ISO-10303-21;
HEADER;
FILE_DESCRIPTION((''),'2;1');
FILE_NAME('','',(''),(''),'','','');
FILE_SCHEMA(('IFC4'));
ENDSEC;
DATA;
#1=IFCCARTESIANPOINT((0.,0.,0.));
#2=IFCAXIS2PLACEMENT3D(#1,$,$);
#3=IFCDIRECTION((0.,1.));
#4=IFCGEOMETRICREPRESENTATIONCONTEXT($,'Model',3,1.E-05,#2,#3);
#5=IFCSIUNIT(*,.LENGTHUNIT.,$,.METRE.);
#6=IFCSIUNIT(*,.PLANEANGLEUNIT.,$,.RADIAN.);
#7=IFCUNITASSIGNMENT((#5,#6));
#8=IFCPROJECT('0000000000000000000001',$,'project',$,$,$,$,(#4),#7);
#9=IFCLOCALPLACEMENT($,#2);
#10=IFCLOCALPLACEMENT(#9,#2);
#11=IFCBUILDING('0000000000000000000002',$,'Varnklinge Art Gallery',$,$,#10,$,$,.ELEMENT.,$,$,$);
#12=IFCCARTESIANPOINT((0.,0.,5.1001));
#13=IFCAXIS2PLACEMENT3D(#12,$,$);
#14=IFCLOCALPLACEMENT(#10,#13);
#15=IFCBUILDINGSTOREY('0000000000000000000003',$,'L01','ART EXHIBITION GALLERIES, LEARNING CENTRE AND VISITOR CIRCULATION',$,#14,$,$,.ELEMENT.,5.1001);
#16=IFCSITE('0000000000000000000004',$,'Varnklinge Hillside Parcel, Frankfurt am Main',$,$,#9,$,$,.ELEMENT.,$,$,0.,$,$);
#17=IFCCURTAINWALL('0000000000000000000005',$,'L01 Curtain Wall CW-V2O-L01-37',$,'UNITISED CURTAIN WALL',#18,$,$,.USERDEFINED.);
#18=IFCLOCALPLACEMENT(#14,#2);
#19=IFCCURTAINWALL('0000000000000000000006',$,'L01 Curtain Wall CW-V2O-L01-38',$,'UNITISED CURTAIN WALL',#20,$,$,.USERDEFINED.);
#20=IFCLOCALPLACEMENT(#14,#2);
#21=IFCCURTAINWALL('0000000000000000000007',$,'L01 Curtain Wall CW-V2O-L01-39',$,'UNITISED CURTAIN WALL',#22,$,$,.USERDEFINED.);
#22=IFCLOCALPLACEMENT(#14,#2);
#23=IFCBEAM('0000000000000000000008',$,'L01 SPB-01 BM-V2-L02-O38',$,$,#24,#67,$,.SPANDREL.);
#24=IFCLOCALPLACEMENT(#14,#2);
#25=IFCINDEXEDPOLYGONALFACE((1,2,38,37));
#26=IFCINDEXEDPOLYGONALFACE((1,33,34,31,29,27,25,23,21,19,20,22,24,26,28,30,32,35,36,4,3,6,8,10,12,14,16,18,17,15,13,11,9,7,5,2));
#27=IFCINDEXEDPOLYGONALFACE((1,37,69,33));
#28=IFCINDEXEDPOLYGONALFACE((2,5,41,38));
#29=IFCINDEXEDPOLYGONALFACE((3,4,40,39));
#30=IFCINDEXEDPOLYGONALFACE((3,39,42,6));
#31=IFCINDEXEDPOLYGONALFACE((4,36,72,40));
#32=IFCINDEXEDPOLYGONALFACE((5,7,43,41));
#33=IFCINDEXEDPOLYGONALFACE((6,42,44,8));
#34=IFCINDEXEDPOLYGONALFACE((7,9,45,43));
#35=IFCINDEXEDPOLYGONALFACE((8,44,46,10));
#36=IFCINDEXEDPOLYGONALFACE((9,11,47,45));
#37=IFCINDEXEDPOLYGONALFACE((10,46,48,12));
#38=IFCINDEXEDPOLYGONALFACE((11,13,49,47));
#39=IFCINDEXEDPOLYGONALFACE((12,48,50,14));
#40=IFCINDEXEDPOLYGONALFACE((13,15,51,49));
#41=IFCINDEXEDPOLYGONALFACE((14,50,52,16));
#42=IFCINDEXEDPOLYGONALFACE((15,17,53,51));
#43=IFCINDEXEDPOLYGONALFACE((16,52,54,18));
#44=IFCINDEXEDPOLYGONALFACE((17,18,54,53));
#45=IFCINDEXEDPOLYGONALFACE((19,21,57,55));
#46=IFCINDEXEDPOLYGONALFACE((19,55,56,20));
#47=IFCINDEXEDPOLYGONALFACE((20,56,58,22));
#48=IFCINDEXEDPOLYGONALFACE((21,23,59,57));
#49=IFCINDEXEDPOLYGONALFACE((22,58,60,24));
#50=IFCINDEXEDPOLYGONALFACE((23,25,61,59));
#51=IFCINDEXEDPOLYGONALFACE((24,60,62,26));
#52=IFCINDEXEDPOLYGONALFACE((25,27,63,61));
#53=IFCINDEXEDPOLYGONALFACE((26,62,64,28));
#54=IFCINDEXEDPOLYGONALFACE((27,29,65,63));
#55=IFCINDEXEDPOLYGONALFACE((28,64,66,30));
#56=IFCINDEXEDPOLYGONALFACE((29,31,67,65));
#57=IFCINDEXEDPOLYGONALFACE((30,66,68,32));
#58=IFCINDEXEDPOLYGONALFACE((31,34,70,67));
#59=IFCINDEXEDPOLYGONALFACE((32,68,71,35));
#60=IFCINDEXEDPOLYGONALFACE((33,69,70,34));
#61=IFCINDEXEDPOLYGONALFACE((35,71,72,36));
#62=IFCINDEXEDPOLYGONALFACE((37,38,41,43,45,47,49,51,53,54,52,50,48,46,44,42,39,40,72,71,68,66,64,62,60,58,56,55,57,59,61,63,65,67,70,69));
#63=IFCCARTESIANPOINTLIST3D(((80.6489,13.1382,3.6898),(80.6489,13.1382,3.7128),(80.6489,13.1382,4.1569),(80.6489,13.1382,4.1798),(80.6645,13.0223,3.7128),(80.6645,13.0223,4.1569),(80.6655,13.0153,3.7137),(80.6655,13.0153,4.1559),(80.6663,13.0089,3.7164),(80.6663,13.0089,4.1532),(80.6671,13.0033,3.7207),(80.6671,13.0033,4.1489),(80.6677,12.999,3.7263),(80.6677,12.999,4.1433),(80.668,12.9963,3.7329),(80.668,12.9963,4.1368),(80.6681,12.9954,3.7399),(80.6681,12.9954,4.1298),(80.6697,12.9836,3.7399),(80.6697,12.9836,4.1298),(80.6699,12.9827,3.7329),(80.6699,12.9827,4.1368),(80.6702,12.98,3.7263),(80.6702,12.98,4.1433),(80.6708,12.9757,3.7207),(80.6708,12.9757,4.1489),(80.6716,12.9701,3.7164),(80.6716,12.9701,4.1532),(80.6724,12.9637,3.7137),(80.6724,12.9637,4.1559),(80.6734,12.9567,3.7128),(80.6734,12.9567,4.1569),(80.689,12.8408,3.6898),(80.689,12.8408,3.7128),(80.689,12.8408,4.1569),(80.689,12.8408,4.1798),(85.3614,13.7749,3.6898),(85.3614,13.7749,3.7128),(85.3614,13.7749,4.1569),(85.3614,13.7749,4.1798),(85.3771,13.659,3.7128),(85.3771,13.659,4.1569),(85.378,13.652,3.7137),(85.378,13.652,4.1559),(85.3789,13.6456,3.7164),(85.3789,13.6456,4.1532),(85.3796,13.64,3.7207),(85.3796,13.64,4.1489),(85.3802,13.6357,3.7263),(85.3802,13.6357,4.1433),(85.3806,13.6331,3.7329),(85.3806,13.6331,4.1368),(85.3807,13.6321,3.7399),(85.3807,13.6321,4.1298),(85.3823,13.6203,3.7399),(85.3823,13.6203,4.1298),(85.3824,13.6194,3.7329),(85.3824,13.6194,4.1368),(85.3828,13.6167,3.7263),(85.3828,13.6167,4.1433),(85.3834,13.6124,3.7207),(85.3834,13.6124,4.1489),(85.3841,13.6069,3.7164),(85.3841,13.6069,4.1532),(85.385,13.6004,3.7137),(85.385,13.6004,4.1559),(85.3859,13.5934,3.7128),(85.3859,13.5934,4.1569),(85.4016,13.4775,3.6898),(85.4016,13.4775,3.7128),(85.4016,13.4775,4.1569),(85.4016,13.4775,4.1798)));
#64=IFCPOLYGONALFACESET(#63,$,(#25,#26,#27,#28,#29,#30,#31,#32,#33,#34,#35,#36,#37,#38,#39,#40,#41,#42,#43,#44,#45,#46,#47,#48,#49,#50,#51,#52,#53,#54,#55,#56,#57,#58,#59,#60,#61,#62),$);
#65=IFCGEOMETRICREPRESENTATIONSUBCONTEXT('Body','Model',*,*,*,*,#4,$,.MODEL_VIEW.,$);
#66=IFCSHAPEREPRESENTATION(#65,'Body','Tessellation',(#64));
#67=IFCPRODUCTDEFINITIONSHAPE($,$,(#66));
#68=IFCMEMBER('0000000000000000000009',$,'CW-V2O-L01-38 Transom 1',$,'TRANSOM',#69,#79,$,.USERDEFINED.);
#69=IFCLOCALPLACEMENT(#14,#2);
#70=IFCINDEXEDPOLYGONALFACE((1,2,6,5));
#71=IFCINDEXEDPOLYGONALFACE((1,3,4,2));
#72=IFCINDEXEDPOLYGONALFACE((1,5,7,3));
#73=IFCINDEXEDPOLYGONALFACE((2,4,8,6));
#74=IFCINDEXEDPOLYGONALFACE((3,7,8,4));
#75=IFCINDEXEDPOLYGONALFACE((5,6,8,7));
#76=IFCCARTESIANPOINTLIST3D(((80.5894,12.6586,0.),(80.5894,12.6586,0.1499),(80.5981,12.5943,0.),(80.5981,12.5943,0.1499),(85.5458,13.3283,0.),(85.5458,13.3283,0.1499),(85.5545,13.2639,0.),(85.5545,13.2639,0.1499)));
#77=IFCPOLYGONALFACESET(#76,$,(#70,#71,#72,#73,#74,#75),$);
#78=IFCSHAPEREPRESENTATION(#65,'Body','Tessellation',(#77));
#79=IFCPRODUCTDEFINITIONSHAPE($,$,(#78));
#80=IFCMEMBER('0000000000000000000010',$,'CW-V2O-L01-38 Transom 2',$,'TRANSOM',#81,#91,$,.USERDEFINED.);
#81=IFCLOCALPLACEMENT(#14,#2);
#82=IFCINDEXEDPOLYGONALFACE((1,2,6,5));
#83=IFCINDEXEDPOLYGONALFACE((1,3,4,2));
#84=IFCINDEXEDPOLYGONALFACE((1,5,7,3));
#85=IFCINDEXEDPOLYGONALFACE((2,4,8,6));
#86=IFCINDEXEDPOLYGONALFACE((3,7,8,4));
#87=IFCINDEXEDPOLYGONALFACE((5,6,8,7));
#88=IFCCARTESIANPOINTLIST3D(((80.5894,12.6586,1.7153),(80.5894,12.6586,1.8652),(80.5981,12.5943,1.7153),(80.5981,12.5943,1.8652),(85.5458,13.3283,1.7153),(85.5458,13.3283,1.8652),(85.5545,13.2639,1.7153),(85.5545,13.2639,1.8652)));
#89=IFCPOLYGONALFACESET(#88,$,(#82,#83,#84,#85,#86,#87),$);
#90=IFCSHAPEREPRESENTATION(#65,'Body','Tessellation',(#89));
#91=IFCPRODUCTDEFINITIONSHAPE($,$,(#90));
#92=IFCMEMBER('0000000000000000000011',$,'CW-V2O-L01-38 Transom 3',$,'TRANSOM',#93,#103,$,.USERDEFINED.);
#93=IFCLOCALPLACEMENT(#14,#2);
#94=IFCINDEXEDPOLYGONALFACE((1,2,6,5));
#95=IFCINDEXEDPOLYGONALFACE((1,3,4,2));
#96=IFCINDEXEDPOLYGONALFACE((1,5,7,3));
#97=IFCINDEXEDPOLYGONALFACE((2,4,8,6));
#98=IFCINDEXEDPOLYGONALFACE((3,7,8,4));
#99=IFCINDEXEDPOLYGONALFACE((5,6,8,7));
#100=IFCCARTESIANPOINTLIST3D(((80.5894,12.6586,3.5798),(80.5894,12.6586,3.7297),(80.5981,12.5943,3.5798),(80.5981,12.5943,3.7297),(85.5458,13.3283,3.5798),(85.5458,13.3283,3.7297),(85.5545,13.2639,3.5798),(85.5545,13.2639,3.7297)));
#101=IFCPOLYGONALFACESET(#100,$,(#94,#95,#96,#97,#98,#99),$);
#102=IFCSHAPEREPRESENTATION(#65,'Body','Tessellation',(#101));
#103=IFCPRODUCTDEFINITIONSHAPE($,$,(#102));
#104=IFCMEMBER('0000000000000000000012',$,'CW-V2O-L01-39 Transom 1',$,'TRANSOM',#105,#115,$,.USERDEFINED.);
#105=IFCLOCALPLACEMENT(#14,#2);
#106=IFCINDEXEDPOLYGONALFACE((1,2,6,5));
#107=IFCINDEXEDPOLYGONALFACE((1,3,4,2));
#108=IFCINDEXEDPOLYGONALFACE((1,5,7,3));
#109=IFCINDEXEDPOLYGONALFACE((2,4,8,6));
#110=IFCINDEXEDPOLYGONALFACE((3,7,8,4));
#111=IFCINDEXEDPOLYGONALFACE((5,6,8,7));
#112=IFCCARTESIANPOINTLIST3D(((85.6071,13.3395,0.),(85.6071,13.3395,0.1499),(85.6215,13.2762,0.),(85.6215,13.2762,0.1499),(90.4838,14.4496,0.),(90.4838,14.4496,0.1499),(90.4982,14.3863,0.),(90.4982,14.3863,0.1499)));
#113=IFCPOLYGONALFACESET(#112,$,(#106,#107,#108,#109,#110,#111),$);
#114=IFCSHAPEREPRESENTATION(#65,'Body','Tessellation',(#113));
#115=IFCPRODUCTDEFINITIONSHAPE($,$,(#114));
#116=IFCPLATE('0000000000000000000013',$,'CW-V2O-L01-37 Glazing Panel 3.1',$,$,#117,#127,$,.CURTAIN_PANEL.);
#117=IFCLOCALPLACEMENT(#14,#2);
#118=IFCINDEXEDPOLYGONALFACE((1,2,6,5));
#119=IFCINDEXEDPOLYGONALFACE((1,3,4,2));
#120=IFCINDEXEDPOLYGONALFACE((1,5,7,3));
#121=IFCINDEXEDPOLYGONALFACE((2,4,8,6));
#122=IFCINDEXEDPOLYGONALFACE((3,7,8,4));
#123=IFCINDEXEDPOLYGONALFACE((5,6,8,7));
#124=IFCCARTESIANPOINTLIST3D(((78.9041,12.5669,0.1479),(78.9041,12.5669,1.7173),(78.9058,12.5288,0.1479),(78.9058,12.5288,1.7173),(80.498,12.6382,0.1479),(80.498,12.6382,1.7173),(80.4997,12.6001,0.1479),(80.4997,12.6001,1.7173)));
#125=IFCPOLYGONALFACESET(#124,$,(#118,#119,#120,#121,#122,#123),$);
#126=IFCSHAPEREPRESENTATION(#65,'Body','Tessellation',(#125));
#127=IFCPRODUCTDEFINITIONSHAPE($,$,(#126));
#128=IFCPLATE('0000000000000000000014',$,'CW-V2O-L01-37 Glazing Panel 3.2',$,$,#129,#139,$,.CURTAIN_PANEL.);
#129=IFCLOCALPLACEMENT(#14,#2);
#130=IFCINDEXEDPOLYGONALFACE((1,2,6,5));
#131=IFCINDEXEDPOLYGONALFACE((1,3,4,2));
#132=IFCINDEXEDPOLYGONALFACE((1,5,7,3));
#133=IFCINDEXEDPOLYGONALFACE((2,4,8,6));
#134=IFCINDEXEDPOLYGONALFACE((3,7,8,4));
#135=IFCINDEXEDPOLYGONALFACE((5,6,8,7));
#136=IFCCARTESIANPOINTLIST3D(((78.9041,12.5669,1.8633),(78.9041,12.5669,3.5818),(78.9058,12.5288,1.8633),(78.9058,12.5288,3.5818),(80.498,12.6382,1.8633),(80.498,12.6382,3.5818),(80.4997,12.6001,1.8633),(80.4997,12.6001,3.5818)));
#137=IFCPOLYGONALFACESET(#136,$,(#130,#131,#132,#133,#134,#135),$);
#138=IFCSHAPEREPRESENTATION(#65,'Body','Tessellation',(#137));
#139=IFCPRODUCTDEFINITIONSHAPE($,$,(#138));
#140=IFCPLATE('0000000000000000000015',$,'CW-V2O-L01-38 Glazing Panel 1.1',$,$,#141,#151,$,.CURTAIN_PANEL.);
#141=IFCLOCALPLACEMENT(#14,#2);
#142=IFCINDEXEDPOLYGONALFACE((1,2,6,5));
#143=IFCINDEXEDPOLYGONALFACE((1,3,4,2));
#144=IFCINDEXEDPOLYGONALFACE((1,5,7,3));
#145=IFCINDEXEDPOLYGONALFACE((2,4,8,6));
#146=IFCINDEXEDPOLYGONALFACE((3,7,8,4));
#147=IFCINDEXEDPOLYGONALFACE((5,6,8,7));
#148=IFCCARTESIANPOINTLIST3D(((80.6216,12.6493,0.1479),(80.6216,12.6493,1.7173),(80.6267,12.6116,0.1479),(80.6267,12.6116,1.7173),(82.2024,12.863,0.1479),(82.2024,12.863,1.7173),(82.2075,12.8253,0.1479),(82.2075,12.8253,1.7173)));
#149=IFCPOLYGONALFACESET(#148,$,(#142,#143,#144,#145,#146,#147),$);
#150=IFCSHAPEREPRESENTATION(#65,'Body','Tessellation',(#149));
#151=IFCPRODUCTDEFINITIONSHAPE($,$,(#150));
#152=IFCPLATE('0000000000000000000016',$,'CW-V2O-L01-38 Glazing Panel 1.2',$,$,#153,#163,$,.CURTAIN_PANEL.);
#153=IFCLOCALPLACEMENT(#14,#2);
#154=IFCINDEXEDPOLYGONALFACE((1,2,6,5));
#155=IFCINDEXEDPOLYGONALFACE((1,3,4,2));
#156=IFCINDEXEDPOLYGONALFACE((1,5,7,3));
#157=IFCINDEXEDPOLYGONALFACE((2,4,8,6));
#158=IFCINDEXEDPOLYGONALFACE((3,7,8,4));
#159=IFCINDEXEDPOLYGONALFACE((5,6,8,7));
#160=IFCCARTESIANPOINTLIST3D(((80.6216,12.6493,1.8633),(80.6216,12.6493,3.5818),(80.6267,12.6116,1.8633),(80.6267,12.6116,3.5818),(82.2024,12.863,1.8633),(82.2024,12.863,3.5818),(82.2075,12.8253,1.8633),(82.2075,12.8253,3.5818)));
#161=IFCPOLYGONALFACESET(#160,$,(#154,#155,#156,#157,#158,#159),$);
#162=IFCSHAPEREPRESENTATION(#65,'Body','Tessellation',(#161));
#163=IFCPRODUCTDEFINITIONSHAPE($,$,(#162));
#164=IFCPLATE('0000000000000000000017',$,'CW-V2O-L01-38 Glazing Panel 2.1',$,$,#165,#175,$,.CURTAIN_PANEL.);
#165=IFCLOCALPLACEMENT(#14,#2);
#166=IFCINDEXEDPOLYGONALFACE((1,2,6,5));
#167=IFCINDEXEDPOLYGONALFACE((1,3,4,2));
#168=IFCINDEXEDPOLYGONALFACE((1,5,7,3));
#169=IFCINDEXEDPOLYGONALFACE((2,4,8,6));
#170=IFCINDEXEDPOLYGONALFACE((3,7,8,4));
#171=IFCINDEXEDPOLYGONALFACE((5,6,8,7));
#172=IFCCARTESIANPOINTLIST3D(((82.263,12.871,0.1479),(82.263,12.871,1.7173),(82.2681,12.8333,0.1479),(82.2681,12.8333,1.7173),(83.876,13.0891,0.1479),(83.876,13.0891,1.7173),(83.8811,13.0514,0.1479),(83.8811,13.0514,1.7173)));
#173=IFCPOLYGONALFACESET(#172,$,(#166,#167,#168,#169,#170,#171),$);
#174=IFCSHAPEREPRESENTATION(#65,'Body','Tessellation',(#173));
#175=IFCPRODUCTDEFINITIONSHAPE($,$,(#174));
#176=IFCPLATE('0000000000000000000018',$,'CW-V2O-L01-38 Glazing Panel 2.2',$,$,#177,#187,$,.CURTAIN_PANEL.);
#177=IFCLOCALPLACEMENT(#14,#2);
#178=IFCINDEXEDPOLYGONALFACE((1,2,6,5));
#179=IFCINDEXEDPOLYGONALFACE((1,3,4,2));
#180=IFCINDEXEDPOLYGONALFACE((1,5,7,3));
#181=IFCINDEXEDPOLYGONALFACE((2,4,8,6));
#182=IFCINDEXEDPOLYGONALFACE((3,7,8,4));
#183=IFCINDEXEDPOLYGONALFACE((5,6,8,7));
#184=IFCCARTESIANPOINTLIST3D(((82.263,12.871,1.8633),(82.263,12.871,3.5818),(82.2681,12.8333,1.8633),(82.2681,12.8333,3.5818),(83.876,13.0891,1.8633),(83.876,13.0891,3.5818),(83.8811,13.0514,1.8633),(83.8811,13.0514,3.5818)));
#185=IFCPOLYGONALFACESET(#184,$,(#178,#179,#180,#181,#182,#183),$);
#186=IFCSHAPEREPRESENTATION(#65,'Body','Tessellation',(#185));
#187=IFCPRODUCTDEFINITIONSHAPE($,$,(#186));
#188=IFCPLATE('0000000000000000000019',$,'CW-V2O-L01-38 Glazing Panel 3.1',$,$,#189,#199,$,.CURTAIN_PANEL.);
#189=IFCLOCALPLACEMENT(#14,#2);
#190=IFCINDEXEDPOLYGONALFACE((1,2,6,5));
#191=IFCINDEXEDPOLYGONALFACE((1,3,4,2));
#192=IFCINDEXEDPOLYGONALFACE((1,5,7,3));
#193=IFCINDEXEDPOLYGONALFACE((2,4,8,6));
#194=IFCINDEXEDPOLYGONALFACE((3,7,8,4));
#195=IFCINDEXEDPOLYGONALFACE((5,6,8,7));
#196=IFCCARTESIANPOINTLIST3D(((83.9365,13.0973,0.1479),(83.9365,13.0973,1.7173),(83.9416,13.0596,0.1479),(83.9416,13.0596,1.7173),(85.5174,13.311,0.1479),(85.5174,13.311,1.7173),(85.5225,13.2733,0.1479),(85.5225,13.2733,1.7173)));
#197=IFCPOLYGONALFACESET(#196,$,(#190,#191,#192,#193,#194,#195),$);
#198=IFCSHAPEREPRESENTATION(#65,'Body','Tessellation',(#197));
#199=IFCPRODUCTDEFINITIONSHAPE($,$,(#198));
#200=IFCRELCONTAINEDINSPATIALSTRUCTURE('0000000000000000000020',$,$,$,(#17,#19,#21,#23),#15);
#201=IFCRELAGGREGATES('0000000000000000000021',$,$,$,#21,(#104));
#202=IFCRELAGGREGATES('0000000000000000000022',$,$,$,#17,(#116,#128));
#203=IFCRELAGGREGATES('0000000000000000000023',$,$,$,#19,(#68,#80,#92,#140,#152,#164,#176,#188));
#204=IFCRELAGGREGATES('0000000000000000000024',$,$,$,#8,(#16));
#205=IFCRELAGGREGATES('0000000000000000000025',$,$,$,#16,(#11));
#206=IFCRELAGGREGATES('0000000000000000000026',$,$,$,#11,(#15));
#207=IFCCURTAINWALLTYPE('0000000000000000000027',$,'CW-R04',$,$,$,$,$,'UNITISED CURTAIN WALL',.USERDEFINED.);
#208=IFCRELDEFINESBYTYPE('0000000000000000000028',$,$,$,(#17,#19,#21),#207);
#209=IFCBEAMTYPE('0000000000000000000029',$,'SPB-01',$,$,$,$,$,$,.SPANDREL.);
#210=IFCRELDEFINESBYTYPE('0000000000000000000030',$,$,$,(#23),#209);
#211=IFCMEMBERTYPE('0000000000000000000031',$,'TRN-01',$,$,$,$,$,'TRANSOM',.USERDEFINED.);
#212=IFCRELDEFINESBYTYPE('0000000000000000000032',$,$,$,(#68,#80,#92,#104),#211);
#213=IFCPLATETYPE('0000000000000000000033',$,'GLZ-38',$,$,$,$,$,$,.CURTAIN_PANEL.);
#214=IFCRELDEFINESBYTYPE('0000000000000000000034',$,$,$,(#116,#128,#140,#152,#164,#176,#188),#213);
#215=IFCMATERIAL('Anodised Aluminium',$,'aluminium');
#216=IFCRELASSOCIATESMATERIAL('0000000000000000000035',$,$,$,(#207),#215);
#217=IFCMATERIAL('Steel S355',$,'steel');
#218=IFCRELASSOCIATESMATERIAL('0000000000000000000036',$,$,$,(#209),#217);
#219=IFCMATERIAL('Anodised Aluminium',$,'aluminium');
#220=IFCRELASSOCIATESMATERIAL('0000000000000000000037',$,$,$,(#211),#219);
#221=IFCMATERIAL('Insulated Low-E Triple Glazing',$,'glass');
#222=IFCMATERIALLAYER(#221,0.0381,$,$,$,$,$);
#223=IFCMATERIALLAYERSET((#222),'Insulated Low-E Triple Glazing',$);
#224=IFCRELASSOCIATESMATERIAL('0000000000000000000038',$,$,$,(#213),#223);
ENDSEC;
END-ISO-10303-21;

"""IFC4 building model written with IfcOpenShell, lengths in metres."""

from ifc_helpers import new_model, si_unit, direction, frame, origin, origin_2d, place, context, subcontext, project, spatial, rectangle, i_section, extrude, material, layer, layer_set, material_profile, profile_set, type_object, element, aggregate, save


model = new_model("IFC4")

# Units and contexts
model_context = context("Model", 3, precision=1e-05, world=origin(), true_north=direction((0.0, 1.0)))
body_context = subcontext(model_context, "Body", "Model", "MODEL_VIEW")
ifc_project = project(units=[si_unit("LENGTHUNIT", "METRE"), si_unit("PLANEANGLEUNIT", "RADIAN")], contexts=[model_context])

# Site, building, storey
site_placement = place(None, origin())
site = spatial("IfcSite", under=ifc_project, at=site_placement, Name="Varnklinge Hillside Parcel, Frankfurt am Main", CompositionType="ELEMENT", RefElevation=0.0)
building_placement = place(site_placement, origin())
building = spatial("IfcBuilding", under=site, at=building_placement, Name="Varnklinge Art Gallery", CompositionType="ELEMENT")
storey_placement = place(building_placement, frame((0.0, 0.0, 5.1001)))
storey = spatial("IfcBuildingStorey", under=building, at=storey_placement, Name="L01", Description="ART EXHIBITION GALLERIES, LEARNING CENTRE AND VISITOR CIRCULATION", CompositionType="ELEMENT", Elevation=5.1001)

# Curtain wall
ifc_material_1 = material(Name="Anodised Aluminium", Category="aluminium")
curtain_wall_type = type_object("IfcCurtainWallType", Name="CW-R04", ElementType="UNITISED CURTAIN WALL", PredefinedType="USERDEFINED", material=ifc_material_1)
curtain_wall_1_placement = place(storey_placement, origin())
curtain_wall_1 = element("IfcCurtainWall", 1, at=curtain_wall_1_placement, inside=storey, type_object=curtain_wall_type, Name="L01 Curtain Wall CW-V2O-L01-37", ObjectType="UNITISED CURTAIN WALL", PredefinedType="USERDEFINED")

# Curtain wall
curtain_wall_2_placement = place(storey_placement, origin())
curtain_wall_2 = element("IfcCurtainWall", 2, at=curtain_wall_2_placement, inside=storey, type_object=curtain_wall_type, Name="L01 Curtain Wall CW-V2O-L01-38", ObjectType="UNITISED CURTAIN WALL", PredefinedType="USERDEFINED")

# Curtain wall
curtain_wall_3_placement = place(storey_placement, origin())
curtain_wall_3 = element("IfcCurtainWall", 3, at=curtain_wall_3_placement, inside=storey, type_object=curtain_wall_type, Name="L01 Curtain Wall CW-V2O-L01-39", ObjectType="UNITISED CURTAIN WALL", PredefinedType="USERDEFINED")

# Beam
ifc_material_2 = material(Name="Steel S355", Category="steel")
ifc_material_profile_1 = material_profile(ifc_material_2, i_section(OverallWidth=0.3, OverallDepth=0.49, WebThickness=0.012, FlangeThickness=0.0229, FilletRadius=0.0271, at=origin_2d()), Name="HEA 500")
ifc_profile_set_1 = profile_set([ifc_material_profile_1], Name="Steel S355")
beam_type_1 = type_object("IfcBeamType", Name="SPB-01", PredefinedType="SPANDREL", material=ifc_profile_set_1)
beam_1_placement = place(storey_placement, frame((80.6689, 12.9895, 3.9348), z_axis=(0.990996, 0.133892, 0.0), x_axis=(-0.133892, 0.990996, 0.0)))
element("IfcBeam", 4, at=beam_1_placement, inside=storey, type_object=beam_type_1, Name="L01 SPB-01 BM-V2-L02-O38", PredefinedType="SPANDREL", context=body_context, shape_type="SweptSolid", body=[
    extrude(i_section(OverallWidth=0.3, OverallDepth=0.49, WebThickness=0.012, FlangeThickness=0.0229, FilletRadius=0.0271, at=origin_2d()), origin(), (0.0, 0.0, 1.0), 4.7554),
])

# Members
ifc_material_3 = material(Name="Anodised Aluminium", Category="aluminium")
ifc_material_profile_2 = material_profile(ifc_material_3, rectangle(XDim=0.0649, YDim=0.1499, at=origin_2d()), Name="ALU 65x150")
ifc_profile_set_2 = profile_set([ifc_material_profile_2], Name="Anodised Aluminium")
member_type_1 = type_object("IfcMemberType", Name="TRN-01", ElementType="TRANSOM", PredefinedType="USERDEFINED", material=ifc_profile_set_2)
member_1_placement = place(storey_placement, frame((80.5938, 12.6265, 0.075), z_axis=(0.990996, 0.133893, 0.0), x_axis=(-0.133893, 0.990996, 0.0)))
member_1 = element("IfcMember", 5, at=member_1_placement, type_object=member_type_1, Name="CW-V2O-L01-38 Transom 1", ObjectType="TRANSOM", PredefinedType="USERDEFINED", context=body_context, shape_type="SweptSolid", body=[
    extrude(rectangle(XDim=0.0649, YDim=0.1499, at=origin_2d()), origin(), (0.0, 0.0, 1.0), 5.0015),
])
member_2_placement = place(storey_placement, frame((80.5938, 12.6265, 1.7903), z_axis=(0.990996, 0.133893, 0.0), x_axis=(-0.133893, 0.990996, 0.0)))
member_2 = element("IfcMember", 6, at=member_2_placement, type_object=member_type_1, Name="CW-V2O-L01-38 Transom 2", ObjectType="TRANSOM", PredefinedType="USERDEFINED", context=body_context, shape_type="SweptSolid", body=[
    extrude(rectangle(XDim=0.0649, YDim=0.1499, at=origin_2d()), origin(), (0.0, 0.0, 1.0), 5.0015),
])
member_3_placement = place(storey_placement, frame((80.5938, 12.6265, 3.6548), z_axis=(0.990996, 0.133893, 0.0), x_axis=(-0.133893, 0.990996, 0.0)))
member_3 = element("IfcMember", 7, at=member_3_placement, type_object=member_type_1, Name="CW-V2O-L01-38 Transom 3", ObjectType="TRANSOM", PredefinedType="USERDEFINED", context=body_context, shape_type="SweptSolid", body=[
    extrude(rectangle(XDim=0.0649, YDim=0.1499, at=origin_2d()), origin(), (0.0, 0.0, 1.0), 5.0015),
])
member_4_placement = place(storey_placement, frame((85.6143, 13.3079, 0.075), z_axis=(0.975057, 0.221957, 0.0), x_axis=(-0.221957, 0.975057, 0.0)))
member_4 = element("IfcMember", 8, at=member_4_placement, type_object=member_type_1, Name="CW-V2O-L01-39 Transom 1", ObjectType="TRANSOM", PredefinedType="USERDEFINED", context=body_context, shape_type="SweptSolid", body=[
    extrude(rectangle(XDim=0.0649, YDim=0.1499, at=origin_2d()), origin(), (0.0, 0.0, 1.0), 5.0015),
])
aggregate(curtain_wall_3, [member_4])

# Plates
ifc_material_4 = material(Name="Insulated Low-E Triple Glazing", Category="glass")
ifc_layer_1 = layer(ifc_material_4, 0.0381)
ifc_layer_set_1 = layer_set([ifc_layer_1], Name="Insulated Low-E Triple Glazing")
plate_type_1 = type_object("IfcPlateType", Name="GLZ-38", PredefinedType="CURTAIN_PANEL", material=ifc_layer_set_1)
plate_1_placement = place(storey_placement, frame((79.7019, 12.5835, 0.1479), z_axis=(0.0, 0.0, 1.0), x_axis=(0.999002, 0.044666, 0.0)))
plate_1 = element("IfcPlate", 9, at=plate_1_placement, type_object=plate_type_1, Name="CW-V2O-L01-37 Glazing Panel 3.1", PredefinedType="CURTAIN_PANEL", context=body_context, shape_type="SweptSolid", body=[
    extrude(rectangle(XDim=1.5955, YDim=0.0381, at=origin_2d()), origin(), (0.0, 0.0, 1.0), 1.5693),
])
plate_2_placement = place(storey_placement, frame((79.7019, 12.5835, 1.8633), z_axis=(0.0, 0.0, 1.0), x_axis=(0.999002, 0.044666, 0.0)))
plate_2 = element("IfcPlate", 10, at=plate_2_placement, type_object=plate_type_1, Name="CW-V2O-L01-37 Glazing Panel 3.2", PredefinedType="CURTAIN_PANEL", context=body_context, shape_type="SweptSolid", body=[
    extrude(rectangle(XDim=1.5955, YDim=0.0381, at=origin_2d()), origin(), (0.0, 0.0, 1.0), 1.7185),
])
aggregate(curtain_wall_1, [plate_1, plate_2])
plate_3_placement = place(storey_placement, frame((81.4146, 12.7373, 0.1479), z_axis=(0.0, 0.0, 1.0), x_axis=(0.990983, 0.133986, 0.0)))
plate_3 = element("IfcPlate", 11, at=plate_3_placement, type_object=plate_type_1, Name="CW-V2O-L01-38 Glazing Panel 1.1", PredefinedType="CURTAIN_PANEL", context=body_context, shape_type="SweptSolid", body=[
    extrude(rectangle(XDim=1.5952, YDim=0.0381, at=origin_2d()), origin(), (0.0, 0.0, 1.0), 1.5693),
])
plate_4_placement = place(storey_placement, frame((81.4146, 12.7373, 1.8633), z_axis=(0.0, 0.0, 1.0), x_axis=(0.990983, 0.133986, 0.0)))
plate_4 = element("IfcPlate", 12, at=plate_4_placement, type_object=plate_type_1, Name="CW-V2O-L01-38 Glazing Panel 1.2", PredefinedType="CURTAIN_PANEL", context=body_context, shape_type="SweptSolid", body=[
    extrude(rectangle(XDim=1.5952, YDim=0.0381, at=origin_2d()), origin(), (0.0, 0.0, 1.0), 1.7185),
])
plate_5_placement = place(storey_placement, frame((83.072, 12.9612, 0.1479), z_axis=(0.0, 0.0, 1.0), x_axis=(0.990983, 0.133986, 0.0)))
plate_5 = element("IfcPlate", 13, at=plate_5_placement, type_object=plate_type_1, Name="CW-V2O-L01-38 Glazing Panel 2.1", PredefinedType="CURTAIN_PANEL", context=body_context, shape_type="SweptSolid", body=[
    extrude(rectangle(XDim=1.6277, YDim=0.0381, at=origin_2d()), origin(), (0.0, 0.0, 1.0), 1.5693),
])
plate_6_placement = place(storey_placement, frame((83.072, 12.9612, 1.8633), z_axis=(0.0, 0.0, 1.0), x_axis=(0.990983, 0.133986, 0.0)))
plate_6 = element("IfcPlate", 14, at=plate_6_placement, type_object=plate_type_1, Name="CW-V2O-L01-38 Glazing Panel 2.2", PredefinedType="CURTAIN_PANEL", context=body_context, shape_type="SweptSolid", body=[
    extrude(rectangle(XDim=1.6277, YDim=0.0381, at=origin_2d()), origin(), (0.0, 0.0, 1.0), 1.7185),
])
plate_7_placement = place(storey_placement, frame((84.7295, 13.1853, 0.1479), z_axis=(0.0, 0.0, 1.0), x_axis=(0.990983, 0.133986, 0.0)))
plate_7 = element("IfcPlate", 15, at=plate_7_placement, type_object=plate_type_1, Name="CW-V2O-L01-38 Glazing Panel 3.1", PredefinedType="CURTAIN_PANEL", context=body_context, shape_type="SweptSolid", body=[
    extrude(rectangle(XDim=1.5952, YDim=0.0381, at=origin_2d()), origin(), (0.0, 0.0, 1.0), 1.5693),
])
aggregate(curtain_wall_2, [member_1, member_2, member_3, plate_3, plate_4, plate_5, plate_6, plate_7])

save(model, "model.ifc")
